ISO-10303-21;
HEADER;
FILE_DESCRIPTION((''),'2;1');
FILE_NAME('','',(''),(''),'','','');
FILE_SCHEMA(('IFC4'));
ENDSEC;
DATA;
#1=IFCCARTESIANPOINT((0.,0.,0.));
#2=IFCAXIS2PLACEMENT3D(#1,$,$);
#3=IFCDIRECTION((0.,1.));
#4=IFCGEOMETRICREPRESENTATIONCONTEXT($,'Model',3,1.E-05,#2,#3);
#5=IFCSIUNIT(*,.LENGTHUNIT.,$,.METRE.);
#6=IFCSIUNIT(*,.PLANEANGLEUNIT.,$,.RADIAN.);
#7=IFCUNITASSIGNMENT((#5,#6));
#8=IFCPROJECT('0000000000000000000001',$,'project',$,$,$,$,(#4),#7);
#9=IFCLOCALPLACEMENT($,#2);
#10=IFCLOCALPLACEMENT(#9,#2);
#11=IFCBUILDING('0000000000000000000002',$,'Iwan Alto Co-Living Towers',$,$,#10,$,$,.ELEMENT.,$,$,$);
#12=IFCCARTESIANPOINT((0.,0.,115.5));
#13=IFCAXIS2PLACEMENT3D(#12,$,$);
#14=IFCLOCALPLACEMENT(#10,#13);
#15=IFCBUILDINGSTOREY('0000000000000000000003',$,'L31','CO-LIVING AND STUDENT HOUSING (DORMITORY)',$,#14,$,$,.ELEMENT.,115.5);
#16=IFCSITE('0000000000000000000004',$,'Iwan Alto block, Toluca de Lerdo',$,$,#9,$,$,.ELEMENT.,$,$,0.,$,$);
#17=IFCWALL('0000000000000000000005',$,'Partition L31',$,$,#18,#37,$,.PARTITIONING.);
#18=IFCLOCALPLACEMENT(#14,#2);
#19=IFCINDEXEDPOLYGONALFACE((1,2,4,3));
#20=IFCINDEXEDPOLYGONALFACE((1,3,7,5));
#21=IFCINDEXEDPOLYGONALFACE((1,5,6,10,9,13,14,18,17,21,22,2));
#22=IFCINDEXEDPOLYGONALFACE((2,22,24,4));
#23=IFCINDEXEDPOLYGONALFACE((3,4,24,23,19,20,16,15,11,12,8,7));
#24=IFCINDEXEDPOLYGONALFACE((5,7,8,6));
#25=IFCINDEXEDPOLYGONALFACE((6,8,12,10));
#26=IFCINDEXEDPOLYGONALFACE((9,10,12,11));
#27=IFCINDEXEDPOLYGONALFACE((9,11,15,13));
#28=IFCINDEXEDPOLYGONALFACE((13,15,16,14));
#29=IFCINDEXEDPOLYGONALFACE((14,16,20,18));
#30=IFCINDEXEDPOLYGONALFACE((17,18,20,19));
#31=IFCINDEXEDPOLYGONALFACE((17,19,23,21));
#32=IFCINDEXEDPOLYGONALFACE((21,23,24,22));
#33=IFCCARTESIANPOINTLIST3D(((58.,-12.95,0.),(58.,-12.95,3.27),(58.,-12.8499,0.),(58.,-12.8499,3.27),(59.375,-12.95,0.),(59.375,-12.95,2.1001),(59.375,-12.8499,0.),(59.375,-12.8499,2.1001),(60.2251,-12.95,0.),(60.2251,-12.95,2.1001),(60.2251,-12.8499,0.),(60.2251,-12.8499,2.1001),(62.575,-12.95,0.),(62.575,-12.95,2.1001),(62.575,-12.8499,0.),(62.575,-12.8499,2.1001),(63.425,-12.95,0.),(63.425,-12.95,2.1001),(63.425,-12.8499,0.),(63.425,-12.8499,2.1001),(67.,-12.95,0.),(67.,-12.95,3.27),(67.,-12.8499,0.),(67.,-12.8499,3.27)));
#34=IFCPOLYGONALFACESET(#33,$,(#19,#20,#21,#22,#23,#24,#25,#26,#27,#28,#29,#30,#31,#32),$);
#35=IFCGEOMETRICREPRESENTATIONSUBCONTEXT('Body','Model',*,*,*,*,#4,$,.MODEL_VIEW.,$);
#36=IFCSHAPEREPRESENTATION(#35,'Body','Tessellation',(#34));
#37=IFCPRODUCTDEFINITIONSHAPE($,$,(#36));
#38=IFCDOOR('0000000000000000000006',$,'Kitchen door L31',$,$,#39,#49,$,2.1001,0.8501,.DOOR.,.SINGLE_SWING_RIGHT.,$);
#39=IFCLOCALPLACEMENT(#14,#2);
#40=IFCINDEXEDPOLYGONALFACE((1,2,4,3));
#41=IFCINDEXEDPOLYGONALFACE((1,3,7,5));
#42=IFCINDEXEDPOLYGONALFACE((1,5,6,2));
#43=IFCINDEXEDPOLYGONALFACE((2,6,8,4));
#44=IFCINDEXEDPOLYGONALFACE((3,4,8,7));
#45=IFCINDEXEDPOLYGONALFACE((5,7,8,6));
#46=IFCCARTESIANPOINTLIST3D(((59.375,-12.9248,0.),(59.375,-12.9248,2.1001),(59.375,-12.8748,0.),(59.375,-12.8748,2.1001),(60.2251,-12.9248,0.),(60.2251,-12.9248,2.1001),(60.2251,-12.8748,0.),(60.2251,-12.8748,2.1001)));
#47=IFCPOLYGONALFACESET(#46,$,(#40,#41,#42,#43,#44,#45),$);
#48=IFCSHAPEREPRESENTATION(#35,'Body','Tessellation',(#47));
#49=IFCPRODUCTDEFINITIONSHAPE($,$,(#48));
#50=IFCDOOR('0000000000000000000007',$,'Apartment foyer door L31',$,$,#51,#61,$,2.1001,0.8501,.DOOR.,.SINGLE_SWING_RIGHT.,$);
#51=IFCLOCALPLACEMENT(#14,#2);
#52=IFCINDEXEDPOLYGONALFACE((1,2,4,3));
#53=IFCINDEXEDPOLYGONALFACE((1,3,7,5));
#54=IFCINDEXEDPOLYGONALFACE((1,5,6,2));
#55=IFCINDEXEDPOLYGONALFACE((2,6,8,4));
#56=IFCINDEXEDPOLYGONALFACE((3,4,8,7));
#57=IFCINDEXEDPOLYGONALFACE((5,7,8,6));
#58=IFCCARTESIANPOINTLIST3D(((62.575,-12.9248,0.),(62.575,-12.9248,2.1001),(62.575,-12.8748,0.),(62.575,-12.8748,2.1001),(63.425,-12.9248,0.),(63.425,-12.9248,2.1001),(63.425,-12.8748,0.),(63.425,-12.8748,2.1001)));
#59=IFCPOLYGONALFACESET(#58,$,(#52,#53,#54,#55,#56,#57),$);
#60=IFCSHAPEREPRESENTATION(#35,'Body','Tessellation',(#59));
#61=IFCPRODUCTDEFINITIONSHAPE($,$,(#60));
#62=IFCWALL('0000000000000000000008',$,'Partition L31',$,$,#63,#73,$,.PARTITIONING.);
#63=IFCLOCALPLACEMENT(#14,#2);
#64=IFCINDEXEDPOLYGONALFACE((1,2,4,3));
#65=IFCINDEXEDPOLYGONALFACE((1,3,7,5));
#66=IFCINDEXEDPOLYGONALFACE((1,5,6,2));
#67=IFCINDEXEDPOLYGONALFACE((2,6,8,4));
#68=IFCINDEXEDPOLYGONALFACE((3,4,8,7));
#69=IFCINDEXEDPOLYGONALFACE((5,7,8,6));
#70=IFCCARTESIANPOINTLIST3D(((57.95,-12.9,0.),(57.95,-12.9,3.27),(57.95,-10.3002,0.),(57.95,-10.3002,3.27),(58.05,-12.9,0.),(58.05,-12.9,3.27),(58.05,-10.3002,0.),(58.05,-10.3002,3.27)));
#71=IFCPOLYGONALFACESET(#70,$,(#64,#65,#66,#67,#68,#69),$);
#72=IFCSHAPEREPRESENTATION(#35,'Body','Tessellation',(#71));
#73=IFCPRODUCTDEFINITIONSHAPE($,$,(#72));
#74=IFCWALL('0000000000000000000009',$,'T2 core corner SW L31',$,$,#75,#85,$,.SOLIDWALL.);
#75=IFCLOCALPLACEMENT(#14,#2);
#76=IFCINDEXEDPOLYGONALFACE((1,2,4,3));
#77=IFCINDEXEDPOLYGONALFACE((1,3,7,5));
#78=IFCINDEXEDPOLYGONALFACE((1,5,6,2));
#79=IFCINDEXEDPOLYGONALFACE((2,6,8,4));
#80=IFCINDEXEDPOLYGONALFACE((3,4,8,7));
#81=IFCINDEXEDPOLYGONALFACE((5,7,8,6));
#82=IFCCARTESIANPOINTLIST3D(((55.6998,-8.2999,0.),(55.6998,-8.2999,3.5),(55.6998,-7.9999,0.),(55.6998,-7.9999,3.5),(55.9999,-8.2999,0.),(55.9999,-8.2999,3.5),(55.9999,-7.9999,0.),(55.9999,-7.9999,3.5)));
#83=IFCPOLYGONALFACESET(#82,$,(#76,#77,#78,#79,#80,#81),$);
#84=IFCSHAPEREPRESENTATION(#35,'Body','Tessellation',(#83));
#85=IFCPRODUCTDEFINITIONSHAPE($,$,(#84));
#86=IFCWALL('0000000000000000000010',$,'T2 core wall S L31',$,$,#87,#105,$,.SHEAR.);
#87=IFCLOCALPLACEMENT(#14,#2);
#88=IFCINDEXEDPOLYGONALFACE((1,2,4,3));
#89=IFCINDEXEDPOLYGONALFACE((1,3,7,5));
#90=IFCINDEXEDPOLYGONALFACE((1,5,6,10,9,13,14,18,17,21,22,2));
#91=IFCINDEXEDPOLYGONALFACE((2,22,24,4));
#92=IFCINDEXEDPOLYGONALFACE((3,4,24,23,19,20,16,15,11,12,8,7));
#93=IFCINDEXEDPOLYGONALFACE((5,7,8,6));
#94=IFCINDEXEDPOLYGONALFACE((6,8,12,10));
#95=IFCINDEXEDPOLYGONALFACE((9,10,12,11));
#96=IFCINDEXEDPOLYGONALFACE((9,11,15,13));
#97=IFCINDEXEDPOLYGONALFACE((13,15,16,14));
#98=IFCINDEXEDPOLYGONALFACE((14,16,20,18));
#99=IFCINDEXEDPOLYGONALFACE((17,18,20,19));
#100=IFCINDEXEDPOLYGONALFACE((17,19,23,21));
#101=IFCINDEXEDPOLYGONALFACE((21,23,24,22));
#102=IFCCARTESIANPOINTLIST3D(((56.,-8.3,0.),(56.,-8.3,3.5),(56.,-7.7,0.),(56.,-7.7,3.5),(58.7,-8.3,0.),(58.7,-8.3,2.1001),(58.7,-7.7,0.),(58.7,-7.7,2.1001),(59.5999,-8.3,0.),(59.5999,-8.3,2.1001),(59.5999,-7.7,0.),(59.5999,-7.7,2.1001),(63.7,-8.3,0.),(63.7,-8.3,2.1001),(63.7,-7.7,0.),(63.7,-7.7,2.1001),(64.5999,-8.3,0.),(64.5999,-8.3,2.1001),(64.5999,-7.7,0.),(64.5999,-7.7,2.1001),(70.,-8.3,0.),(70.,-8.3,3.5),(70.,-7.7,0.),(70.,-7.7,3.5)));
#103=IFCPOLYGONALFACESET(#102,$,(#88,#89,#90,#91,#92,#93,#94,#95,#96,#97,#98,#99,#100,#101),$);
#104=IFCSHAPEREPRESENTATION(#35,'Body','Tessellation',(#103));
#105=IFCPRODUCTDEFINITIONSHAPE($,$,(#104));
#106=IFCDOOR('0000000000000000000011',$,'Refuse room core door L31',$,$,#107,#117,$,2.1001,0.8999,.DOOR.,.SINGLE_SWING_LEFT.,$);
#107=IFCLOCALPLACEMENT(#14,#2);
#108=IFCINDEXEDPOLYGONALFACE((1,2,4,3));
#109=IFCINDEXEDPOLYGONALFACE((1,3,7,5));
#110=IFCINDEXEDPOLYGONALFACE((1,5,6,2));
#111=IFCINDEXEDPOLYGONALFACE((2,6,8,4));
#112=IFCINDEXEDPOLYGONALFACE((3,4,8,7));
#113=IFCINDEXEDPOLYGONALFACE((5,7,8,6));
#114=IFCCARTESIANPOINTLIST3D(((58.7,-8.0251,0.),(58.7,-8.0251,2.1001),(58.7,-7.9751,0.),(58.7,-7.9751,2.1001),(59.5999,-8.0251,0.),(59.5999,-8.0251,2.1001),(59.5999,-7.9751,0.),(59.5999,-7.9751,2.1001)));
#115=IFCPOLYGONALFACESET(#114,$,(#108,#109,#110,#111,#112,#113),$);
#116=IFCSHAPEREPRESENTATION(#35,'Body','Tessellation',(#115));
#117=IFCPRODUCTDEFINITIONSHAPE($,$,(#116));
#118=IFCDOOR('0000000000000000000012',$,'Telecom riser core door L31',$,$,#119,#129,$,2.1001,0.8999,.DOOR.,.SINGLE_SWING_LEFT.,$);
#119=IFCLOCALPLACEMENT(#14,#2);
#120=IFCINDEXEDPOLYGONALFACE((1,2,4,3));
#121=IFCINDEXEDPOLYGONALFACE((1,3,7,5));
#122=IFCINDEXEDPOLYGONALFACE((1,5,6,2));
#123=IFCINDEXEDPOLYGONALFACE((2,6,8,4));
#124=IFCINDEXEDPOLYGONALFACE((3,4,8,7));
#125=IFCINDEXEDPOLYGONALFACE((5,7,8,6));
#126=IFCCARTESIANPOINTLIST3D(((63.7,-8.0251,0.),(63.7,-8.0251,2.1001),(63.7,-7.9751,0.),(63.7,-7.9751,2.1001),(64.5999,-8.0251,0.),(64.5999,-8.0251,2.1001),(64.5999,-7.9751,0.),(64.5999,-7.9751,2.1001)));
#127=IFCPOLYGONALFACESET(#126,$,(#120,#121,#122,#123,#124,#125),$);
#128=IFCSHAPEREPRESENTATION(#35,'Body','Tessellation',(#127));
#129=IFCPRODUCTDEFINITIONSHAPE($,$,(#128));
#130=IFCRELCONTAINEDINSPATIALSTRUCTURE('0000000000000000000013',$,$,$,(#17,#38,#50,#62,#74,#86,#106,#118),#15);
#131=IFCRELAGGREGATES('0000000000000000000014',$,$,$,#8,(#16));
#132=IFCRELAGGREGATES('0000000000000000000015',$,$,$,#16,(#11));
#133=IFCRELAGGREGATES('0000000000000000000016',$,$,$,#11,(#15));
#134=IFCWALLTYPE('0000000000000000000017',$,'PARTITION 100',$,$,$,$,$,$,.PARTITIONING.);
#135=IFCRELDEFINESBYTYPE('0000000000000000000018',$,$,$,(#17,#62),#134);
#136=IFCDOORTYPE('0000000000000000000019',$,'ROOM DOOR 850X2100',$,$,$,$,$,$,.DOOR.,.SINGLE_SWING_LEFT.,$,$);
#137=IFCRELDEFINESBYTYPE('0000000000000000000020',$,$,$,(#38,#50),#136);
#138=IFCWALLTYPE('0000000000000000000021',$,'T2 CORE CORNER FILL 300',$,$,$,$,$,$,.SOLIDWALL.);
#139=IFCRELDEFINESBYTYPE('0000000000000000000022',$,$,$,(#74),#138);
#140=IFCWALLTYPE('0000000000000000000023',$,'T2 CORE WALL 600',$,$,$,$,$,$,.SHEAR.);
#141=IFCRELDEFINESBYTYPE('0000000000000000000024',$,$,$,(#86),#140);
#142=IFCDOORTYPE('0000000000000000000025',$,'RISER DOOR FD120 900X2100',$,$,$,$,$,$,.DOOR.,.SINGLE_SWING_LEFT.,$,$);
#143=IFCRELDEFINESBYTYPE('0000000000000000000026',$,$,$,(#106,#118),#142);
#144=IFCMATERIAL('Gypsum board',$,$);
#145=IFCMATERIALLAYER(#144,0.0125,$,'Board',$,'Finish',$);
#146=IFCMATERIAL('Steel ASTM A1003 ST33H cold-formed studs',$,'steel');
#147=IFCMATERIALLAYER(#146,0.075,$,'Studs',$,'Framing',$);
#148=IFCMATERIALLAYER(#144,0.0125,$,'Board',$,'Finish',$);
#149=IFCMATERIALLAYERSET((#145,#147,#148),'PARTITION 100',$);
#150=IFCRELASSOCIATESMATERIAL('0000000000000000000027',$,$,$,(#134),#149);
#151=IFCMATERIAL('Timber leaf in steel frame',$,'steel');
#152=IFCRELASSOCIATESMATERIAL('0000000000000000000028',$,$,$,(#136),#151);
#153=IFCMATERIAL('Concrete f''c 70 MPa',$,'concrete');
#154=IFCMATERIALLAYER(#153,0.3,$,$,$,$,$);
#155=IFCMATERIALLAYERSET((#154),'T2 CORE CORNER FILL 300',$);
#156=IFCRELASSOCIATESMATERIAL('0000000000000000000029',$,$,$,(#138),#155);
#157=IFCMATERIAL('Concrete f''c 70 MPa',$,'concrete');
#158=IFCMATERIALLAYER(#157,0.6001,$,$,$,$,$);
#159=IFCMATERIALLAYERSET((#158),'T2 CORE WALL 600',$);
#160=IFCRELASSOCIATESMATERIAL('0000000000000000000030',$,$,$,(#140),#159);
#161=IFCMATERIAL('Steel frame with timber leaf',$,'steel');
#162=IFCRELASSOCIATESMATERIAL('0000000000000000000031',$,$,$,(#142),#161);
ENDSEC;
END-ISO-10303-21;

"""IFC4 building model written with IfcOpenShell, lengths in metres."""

from ifc_helpers import new_model, si_unit, direction, frame, frame_2d, origin, place, context, subcontext, project, spatial, rectangle, extrude, material, layer, layer_set, type_object, element, fill, save


model = new_model("IFC4")

# Units and contexts
model_context = context("Model", 3, precision=1e-05, world=origin(), true_north=direction((0.0, 1.0)))
body_context = subcontext(model_context, "Body", "Model", "MODEL_VIEW")
ifc_project = project(units=[si_unit("LENGTHUNIT", "METRE"), si_unit("PLANEANGLEUNIT", "RADIAN")], contexts=[model_context])

# Site, building, storey
site_placement = place(None, origin())
site = spatial("IfcSite", under=ifc_project, at=site_placement, Name="Iwan Alto block, Toluca de Lerdo", CompositionType="ELEMENT", RefElevation=0.0)
building_placement = place(site_placement, origin())
building = spatial("IfcBuilding", under=site, at=building_placement, Name="Iwan Alto Co-Living Towers", CompositionType="ELEMENT")
storey_placement = place(building_placement, frame((0.0, 0.0, 115.5)))
storey = spatial("IfcBuildingStorey", under=building, at=storey_placement, Name="L31", Description="CO-LIVING AND STUDENT HOUSING (DORMITORY)", CompositionType="ELEMENT", Elevation=115.5)

# Shared definitions
ifc_material_1 = material(Name="Gypsum board")
ifc_material_2 = material(Name="Steel ASTM A1003 ST33H cold-formed studs", Category="steel")

# Wall, openings, doors
ifc_layer_1 = layer(ifc_material_1, 0.0125, Name="Board", Category="Finish")
ifc_layer_2 = layer(ifc_material_2, 0.075, Name="Studs", Category="Framing")
ifc_layer_3 = layer(ifc_material_1, 0.0125, Name="Board", Category="Finish")
ifc_layer_set_1 = layer_set([ifc_layer_1, ifc_layer_2, ifc_layer_3], Name="PARTITION 100")
wall_type_1 = type_object("IfcWallType", Name="PARTITION 100", PredefinedType="PARTITIONING", material=ifc_layer_set_1)
wall_1_placement = place(storey_placement, frame((58.0, -12.8999, 0.0), z_axis=(0.0, 0.0, 1.0), x_axis=(1.0, 0.0, 0.0)))
wall_1 = element("IfcWall", 1, at=wall_1_placement, inside=storey, type_object=wall_type_1, Name="Partition L31", PredefinedType="PARTITIONING", context=body_context, shape_type="SweptSolid", body=[
    extrude(rectangle(XDim=9.0, YDim=0.1001, at=frame_2d((4.5, 0.0))), origin(), (0.0, 0.0, 1.0), 3.27),
])
opening_1_placement = place(wall_1_placement, frame((1.375, 0.0, 0.0)))
opening_1 = element("IfcOpeningElement", 2, at=opening_1_placement, cuts=wall_1, PredefinedType="OPENING", context=body_context, shape_type="SweptSolid", body=[
    extrude(rectangle(XDim=0.8501, YDim=2.1001, at=frame_2d((0.425, 1.05))), frame((0.0, 0.0601, 0.0), z_axis=(0.0, -1.0, 0.0), x_axis=(1.0, 0.0, 0.0)), (0.0, 0.0, 1.0), 0.1201),
])
opening_2_placement = place(wall_1_placement, frame((4.575, 0.0, 0.0)))
opening_2 = element("IfcOpeningElement", 3, at=opening_2_placement, cuts=wall_1, PredefinedType="OPENING", context=body_context, shape_type="SweptSolid", body=[
    extrude(rectangle(XDim=0.8501, YDim=2.1001, at=frame_2d((0.425, 1.05))), frame((0.0, 0.0601, 0.0), z_axis=(0.0, -1.0, 0.0), x_axis=(1.0, 0.0, 0.0)), (0.0, 0.0, 1.0), 0.1201),
])
ifc_material_3 = material(Name="Timber leaf in steel frame", Category="steel")
door_type_1 = type_object("IfcDoorType", Name="ROOM DOOR 850X2100", OperationType="SINGLE_SWING_LEFT", PredefinedType="DOOR", material=ifc_material_3)
door_1_placement = place(opening_1_placement, frame((0.8501, 0.0, 0.0), z_axis=(0.0, 0.0, 1.0), x_axis=(-1.0, 0.0, 0.0)))
door_1 = element("IfcDoor", 4, at=door_1_placement, inside=storey, type_object=door_type_1, Name="Kitchen door L31", OperationType="SINGLE_SWING_RIGHT", OverallHeight=2.1001, OverallWidth=0.8501, PredefinedType="DOOR", context=body_context, shape_type="SweptSolid", body=[
    extrude(rectangle(XDim=0.8501, YDim=2.1001, at=frame_2d((0.425, 1.05))), frame((0.0, 0.0249, 0.0), z_axis=(0.0, -1.0, 0.0), x_axis=(1.0, 0.0, 0.0)), (0.0, 0.0, 1.0), 0.05),
])
fill(opening_1, door_1)
door_2_placement = place(opening_2_placement, frame((0.8501, 0.0, 0.0), z_axis=(0.0, 0.0, 1.0), x_axis=(-1.0, 0.0, 0.0)))
door_2 = element("IfcDoor", 5, at=door_2_placement, inside=storey, type_object=door_type_1, Name="Apartment foyer door L31", OperationType="SINGLE_SWING_RIGHT", OverallHeight=2.1001, OverallWidth=0.8501, PredefinedType="DOOR", context=body_context, shape_type="SweptSolid", body=[
    extrude(rectangle(XDim=0.8501, YDim=2.1001, at=frame_2d((0.425, 1.05))), frame((0.0, 0.0249, 0.0), z_axis=(0.0, -1.0, 0.0), x_axis=(1.0, 0.0, 0.0)), (0.0, 0.0, 1.0), 0.05),
])
fill(opening_2, door_2)

# Walls
wall_2_placement = place(storey_placement, frame((58.0, -12.8999, 0.0), z_axis=(0.0, 0.0, 1.0), x_axis=(0.0, 1.0, 0.0)))
element("IfcWall", 6, at=wall_2_placement, inside=storey, type_object=wall_type_1, Name="Partition L31", PredefinedType="PARTITIONING", context=body_context, shape_type="SweptSolid", body=[
    extrude(rectangle(XDim=2.5999, YDim=0.1001, at=frame_2d((1.2998, 0.0))), origin(), (0.0, 0.0, 1.0), 3.27),
])
ifc_material_4 = material(Name="Concrete f'c 70 MPa", Category="concrete")
ifc_layer_4 = layer(ifc_material_4, 0.3)
ifc_layer_set_2 = layer_set([ifc_layer_4], Name="T2 CORE CORNER FILL 300")
wall_type_2 = type_object("IfcWallType", Name="T2 CORE CORNER FILL 300", PredefinedType="SOLIDWALL", material=ifc_layer_set_2)
wall_3_placement = place(storey_placement, frame((55.7, -8.1499, 0.0), z_axis=(0.0, 0.0, 1.0), x_axis=(1.0, 0.0, 0.0)))
element("IfcWall", 7, at=wall_3_placement, inside=storey, type_object=wall_type_2, Name="T2 core corner SW L31", PredefinedType="SOLIDWALL", context=body_context, shape_type="SweptSolid", body=[
    extrude(rectangle(XDim=0.3, YDim=0.3, at=frame_2d((0.1499, 0.0))), origin(), (0.0, 0.0, 1.0), 3.5),
])

# Wall, openings, doors
ifc_material_5 = material(Name="Concrete f'c 70 MPa", Category="concrete")
ifc_layer_5 = layer(ifc_material_5, 0.6001)
ifc_layer_set_3 = layer_set([ifc_layer_5], Name="T2 CORE WALL 600")
wall_type_3 = type_object("IfcWallType", Name="T2 CORE WALL 600", PredefinedType="SHEAR", material=ifc_layer_set_3)
wall_4_placement = place(storey_placement, frame((56.0, -8.0, 0.0), z_axis=(0.0, 0.0, 1.0), x_axis=(1.0, 0.0, 0.0)))
wall_4 = element("IfcWall", 8, at=wall_4_placement, inside=storey, type_object=wall_type_3, Name="T2 core wall S L31", PredefinedType="SHEAR", context=body_context, shape_type="SweptSolid", body=[
    extrude(rectangle(XDim=14.0, YDim=0.6001, at=frame_2d((7.0, 0.0))), origin(), (0.0, 0.0, 1.0), 3.5),
])
opening_3_placement = place(wall_4_placement, frame((2.7, 0.0, 0.0)))
opening_3 = element("IfcOpeningElement", 9, at=opening_3_placement, cuts=wall_4, PredefinedType="OPENING", context=body_context, shape_type="SweptSolid", body=[
    extrude(rectangle(XDim=0.8999, YDim=2.1001, at=frame_2d((0.45, 1.05))), frame((0.0, 0.3101, 0.0), z_axis=(0.0, -1.0, 0.0), x_axis=(1.0, 0.0, 0.0)), (0.0, 0.0, 1.0), 0.6201),
])
opening_4_placement = place(wall_4_placement, frame((7.7, 0.0, 0.0)))
opening_4 = element("IfcOpeningElement", 10, at=opening_4_placement, cuts=wall_4, PredefinedType="OPENING", context=body_context, shape_type="SweptSolid", body=[
    extrude(rectangle(XDim=0.8999, YDim=2.1001, at=frame_2d((0.45, 1.05))), frame((0.0, 0.3101, 0.0), z_axis=(0.0, -1.0, 0.0), x_axis=(1.0, 0.0, 0.0)), (0.0, 0.0, 1.0), 0.6201),
])
ifc_material_6 = material(Name="Steel frame with timber leaf", Category="steel")
door_type_2 = type_object("IfcDoorType", Name="RISER DOOR FD120 900X2100", OperationType="SINGLE_SWING_LEFT", PredefinedType="DOOR", material=ifc_material_6)
door_3_placement = place(opening_3_placement, origin())
door_3 = element("IfcDoor", 11, at=door_3_placement, inside=storey, type_object=door_type_2, Name="Refuse room core door L31", OperationType="SINGLE_SWING_LEFT", OverallHeight=2.1001, OverallWidth=0.8999, PredefinedType="DOOR", context=body_context, shape_type="SweptSolid", body=[
    extrude(rectangle(XDim=0.8999, YDim=2.1001, at=frame_2d((0.45, 1.05))), frame((0.0, 0.0249, 0.0), z_axis=(0.0, -1.0, 0.0), x_axis=(1.0, 0.0, 0.0)), (0.0, 0.0, 1.0), 0.05),
])
fill(opening_3, door_3)
door_4_placement = place(opening_4_placement, origin())
door_4 = element("IfcDoor", 12, at=door_4_placement, inside=storey, type_object=door_type_2, Name="Telecom riser core door L31", OperationType="SINGLE_SWING_LEFT", OverallHeight=2.1001, OverallWidth=0.8999, PredefinedType="DOOR", context=body_context, shape_type="SweptSolid", body=[
    extrude(rectangle(XDim=0.8999, YDim=2.1001, at=frame_2d((0.45, 1.05))), frame((0.0, 0.0249, 0.0), z_axis=(0.0, -1.0, 0.0), x_axis=(1.0, 0.0, 0.0)), (0.0, 0.0, 1.0), 0.05),
])
fill(opening_4, door_4)

save(model, "model.ifc")
